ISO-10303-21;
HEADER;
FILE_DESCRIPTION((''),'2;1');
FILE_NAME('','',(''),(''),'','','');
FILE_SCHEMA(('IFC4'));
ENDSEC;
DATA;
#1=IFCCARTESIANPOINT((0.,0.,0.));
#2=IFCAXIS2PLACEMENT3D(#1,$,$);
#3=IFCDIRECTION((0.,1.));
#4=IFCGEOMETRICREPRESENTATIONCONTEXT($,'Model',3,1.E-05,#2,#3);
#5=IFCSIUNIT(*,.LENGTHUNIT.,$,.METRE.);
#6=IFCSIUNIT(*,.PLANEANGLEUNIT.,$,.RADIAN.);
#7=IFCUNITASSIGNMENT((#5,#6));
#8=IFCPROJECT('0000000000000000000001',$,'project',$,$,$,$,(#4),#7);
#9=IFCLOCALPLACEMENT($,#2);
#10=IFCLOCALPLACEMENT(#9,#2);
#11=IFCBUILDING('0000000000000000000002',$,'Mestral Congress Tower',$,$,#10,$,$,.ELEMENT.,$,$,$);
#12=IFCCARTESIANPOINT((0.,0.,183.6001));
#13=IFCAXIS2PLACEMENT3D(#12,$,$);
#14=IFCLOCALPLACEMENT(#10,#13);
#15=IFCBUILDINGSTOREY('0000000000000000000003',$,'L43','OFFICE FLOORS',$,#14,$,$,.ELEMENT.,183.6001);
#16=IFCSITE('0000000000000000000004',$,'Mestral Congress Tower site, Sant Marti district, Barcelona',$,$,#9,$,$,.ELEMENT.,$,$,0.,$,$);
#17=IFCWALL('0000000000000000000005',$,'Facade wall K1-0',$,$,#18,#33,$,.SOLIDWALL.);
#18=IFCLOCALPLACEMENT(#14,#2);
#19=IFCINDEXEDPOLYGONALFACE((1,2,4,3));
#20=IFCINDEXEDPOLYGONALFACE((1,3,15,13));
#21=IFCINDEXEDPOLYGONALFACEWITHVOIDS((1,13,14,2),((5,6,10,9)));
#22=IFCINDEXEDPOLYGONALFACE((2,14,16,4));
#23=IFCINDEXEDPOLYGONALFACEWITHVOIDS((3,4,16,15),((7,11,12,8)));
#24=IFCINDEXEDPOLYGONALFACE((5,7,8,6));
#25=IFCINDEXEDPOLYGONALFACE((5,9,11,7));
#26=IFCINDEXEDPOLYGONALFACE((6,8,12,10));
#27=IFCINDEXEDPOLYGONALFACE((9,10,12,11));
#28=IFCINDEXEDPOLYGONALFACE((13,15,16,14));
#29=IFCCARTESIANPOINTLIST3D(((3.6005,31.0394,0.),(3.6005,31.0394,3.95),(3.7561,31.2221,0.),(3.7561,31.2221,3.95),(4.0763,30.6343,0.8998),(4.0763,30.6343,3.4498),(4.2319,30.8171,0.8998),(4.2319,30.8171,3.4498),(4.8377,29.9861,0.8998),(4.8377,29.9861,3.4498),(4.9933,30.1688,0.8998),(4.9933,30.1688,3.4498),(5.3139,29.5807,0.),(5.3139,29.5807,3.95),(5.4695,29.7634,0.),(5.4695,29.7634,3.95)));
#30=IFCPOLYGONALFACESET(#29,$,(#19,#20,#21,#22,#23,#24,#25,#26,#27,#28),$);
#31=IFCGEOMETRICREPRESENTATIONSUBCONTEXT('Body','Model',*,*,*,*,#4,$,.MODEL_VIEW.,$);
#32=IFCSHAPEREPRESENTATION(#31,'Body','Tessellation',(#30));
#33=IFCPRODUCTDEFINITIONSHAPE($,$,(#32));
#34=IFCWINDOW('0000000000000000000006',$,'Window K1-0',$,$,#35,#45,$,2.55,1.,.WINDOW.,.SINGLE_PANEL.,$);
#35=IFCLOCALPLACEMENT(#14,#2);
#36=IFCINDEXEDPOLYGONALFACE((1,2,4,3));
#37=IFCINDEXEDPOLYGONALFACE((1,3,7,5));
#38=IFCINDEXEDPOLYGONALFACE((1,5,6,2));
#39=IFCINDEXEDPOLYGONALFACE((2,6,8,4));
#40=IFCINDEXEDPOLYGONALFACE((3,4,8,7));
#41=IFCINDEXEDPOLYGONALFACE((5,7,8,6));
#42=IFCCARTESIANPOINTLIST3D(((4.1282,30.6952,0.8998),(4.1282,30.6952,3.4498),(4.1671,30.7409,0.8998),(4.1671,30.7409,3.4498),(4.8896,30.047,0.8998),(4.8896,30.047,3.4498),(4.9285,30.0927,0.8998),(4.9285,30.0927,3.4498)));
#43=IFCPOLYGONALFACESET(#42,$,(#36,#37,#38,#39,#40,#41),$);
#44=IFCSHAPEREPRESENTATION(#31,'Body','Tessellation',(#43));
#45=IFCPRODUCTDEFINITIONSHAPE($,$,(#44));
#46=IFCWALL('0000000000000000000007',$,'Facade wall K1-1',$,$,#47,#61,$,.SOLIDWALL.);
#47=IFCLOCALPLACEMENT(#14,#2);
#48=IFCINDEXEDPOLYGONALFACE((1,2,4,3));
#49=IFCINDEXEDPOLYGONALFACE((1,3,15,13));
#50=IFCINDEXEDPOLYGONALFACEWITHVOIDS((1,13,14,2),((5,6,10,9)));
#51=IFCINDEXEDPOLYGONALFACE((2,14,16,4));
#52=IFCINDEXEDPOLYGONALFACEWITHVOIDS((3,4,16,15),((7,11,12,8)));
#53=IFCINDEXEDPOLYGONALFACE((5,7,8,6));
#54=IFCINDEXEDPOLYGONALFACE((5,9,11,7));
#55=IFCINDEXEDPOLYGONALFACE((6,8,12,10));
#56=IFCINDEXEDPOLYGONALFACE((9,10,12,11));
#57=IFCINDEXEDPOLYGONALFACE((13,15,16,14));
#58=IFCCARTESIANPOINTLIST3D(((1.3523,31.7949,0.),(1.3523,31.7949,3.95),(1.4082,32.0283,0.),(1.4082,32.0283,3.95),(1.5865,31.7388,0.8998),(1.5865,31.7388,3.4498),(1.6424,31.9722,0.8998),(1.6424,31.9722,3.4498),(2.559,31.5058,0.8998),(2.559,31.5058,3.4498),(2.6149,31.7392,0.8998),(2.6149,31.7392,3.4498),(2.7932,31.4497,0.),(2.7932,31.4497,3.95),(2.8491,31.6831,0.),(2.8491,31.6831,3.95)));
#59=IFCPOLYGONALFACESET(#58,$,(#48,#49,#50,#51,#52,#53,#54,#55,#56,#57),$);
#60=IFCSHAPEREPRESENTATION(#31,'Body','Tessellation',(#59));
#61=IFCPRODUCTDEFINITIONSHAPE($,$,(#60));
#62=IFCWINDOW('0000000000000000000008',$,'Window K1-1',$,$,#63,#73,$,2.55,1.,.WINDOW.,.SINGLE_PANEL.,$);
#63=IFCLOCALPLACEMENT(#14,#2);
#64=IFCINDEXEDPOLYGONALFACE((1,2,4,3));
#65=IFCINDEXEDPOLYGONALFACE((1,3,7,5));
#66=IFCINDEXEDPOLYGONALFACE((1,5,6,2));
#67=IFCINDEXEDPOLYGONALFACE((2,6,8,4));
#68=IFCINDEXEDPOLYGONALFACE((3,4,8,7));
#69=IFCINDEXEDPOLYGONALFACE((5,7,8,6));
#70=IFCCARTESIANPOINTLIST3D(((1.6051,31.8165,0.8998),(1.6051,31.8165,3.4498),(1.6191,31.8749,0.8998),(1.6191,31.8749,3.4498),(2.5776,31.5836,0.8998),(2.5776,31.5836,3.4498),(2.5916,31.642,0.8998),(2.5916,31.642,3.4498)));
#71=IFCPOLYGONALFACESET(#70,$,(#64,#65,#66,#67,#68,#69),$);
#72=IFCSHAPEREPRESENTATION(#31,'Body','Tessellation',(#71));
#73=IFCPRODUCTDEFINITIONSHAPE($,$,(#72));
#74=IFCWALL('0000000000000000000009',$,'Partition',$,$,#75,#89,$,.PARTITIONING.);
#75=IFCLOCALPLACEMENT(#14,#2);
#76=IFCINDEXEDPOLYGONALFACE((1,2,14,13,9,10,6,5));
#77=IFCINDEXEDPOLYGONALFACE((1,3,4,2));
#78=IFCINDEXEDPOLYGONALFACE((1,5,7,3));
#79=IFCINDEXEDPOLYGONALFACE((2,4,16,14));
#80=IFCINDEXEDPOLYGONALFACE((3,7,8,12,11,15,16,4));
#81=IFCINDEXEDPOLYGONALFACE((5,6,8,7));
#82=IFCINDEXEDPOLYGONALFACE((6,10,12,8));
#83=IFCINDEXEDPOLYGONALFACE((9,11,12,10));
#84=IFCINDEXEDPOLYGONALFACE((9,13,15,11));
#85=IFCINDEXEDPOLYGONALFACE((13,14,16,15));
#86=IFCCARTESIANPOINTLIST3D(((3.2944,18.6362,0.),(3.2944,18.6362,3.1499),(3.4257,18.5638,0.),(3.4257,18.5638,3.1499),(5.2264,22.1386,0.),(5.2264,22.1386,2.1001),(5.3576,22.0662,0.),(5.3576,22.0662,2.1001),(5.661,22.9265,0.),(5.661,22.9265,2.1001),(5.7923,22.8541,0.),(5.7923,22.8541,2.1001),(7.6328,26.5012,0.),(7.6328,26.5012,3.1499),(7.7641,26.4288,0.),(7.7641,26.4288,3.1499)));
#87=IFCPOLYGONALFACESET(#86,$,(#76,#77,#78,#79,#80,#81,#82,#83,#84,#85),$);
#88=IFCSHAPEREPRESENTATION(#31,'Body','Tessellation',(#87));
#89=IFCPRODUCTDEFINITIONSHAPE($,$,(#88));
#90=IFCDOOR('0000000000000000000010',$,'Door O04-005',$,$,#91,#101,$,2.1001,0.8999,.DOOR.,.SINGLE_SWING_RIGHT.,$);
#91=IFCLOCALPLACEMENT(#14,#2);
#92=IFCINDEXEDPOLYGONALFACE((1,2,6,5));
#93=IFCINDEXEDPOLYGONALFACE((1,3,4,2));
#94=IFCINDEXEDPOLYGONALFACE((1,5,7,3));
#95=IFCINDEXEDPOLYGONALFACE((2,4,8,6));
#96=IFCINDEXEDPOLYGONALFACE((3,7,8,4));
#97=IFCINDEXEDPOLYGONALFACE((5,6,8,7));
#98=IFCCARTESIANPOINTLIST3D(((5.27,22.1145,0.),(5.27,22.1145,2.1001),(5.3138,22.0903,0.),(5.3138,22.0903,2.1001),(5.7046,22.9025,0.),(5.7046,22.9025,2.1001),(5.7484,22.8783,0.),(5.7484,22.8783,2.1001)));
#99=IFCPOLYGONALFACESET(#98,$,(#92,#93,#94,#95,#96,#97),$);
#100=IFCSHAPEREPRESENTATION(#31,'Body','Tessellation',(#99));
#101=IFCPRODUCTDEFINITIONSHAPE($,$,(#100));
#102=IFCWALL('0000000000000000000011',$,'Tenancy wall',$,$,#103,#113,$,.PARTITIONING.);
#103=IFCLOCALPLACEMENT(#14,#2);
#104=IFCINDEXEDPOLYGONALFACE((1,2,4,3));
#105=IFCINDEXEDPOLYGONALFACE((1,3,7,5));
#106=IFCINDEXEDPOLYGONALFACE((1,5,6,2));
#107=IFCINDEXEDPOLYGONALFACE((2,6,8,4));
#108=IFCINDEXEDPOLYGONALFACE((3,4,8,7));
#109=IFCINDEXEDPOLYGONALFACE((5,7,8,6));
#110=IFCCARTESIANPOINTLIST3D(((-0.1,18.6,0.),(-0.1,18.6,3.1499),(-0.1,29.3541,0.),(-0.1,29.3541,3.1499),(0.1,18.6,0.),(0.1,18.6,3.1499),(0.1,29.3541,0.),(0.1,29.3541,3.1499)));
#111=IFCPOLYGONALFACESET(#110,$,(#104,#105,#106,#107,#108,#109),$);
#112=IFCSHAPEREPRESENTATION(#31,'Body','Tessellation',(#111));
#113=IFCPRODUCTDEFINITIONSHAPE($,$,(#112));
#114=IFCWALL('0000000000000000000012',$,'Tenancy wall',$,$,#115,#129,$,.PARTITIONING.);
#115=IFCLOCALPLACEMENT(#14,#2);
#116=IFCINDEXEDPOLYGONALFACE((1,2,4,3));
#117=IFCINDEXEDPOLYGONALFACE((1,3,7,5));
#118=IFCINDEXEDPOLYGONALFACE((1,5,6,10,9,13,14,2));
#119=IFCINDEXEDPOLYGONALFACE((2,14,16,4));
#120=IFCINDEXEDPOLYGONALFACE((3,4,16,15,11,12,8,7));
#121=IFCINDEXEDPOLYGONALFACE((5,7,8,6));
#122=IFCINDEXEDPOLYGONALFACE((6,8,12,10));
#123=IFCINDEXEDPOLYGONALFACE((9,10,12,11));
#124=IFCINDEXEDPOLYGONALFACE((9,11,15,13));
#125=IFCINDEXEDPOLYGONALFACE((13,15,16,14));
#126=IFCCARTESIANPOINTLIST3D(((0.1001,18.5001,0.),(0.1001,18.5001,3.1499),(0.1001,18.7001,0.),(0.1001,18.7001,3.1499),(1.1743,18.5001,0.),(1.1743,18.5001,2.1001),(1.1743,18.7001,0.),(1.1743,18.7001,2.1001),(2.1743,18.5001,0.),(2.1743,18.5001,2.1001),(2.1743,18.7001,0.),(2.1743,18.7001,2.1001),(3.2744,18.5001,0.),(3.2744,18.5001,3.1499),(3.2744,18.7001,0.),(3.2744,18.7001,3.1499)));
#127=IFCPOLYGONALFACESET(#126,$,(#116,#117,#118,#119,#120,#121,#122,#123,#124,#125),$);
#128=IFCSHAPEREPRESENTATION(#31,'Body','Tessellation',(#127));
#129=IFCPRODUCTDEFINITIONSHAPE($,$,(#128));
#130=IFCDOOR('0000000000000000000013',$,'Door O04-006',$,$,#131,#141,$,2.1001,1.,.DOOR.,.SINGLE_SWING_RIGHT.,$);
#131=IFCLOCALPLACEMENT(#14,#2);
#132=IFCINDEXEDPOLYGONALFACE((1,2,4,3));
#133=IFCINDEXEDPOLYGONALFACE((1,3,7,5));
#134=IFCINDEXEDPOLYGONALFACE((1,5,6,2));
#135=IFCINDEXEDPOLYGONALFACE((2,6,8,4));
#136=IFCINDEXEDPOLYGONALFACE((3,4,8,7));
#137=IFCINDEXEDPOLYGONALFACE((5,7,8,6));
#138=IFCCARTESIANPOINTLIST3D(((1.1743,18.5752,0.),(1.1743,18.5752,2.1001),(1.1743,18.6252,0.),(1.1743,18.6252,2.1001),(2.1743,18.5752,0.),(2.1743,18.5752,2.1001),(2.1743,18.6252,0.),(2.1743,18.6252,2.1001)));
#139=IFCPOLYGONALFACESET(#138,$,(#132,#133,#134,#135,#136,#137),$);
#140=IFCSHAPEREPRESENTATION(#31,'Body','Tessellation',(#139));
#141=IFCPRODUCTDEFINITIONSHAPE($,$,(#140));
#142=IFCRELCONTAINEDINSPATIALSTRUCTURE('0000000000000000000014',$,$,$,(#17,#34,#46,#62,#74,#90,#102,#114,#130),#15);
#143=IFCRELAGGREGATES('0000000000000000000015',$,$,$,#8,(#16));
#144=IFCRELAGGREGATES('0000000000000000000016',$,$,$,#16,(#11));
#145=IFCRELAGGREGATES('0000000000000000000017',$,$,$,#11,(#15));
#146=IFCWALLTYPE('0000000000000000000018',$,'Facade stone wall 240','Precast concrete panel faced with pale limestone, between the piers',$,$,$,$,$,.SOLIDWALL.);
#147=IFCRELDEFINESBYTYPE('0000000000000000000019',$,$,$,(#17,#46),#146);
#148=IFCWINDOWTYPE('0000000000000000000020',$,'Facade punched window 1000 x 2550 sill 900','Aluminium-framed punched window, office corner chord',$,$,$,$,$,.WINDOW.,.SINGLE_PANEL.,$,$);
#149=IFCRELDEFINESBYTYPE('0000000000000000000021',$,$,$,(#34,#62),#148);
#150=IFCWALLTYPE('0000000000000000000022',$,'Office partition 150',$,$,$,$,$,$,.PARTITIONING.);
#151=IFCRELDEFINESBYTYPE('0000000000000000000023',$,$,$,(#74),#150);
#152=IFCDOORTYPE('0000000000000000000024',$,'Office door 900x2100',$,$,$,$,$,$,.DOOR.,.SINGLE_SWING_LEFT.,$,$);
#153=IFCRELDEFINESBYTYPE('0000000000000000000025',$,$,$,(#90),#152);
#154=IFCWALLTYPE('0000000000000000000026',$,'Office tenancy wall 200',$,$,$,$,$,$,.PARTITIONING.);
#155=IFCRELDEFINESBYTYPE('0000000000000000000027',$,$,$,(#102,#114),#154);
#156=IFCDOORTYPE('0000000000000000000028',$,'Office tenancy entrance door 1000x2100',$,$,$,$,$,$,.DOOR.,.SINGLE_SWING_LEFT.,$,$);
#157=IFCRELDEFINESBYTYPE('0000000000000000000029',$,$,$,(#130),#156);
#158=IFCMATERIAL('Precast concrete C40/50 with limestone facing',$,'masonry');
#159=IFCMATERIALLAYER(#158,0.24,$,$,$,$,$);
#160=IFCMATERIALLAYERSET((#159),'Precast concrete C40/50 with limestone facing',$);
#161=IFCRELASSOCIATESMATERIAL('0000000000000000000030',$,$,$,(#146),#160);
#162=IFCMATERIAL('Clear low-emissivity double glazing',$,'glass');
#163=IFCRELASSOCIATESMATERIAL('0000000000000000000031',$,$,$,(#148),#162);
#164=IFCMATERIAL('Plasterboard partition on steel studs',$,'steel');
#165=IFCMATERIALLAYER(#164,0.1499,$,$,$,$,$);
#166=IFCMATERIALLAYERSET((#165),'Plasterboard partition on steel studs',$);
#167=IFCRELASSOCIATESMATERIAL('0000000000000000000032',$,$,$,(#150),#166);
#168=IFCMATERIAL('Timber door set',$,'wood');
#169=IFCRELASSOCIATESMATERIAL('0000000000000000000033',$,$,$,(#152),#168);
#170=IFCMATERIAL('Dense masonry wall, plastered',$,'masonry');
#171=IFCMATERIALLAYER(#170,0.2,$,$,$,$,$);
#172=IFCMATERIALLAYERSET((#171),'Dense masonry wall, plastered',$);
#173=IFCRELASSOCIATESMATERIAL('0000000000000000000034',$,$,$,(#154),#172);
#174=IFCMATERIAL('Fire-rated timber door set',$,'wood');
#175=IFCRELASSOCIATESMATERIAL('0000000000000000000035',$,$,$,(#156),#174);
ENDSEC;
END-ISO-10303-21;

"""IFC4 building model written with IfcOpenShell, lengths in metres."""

from ifc_helpers import new_model, si_unit, direction, frame, frame_2d, origin, place, context, subcontext, project, spatial, rectangle, extrude, material, layer, layer_set, type_object, element, fill, save


model = new_model("IFC4")

# Units and contexts
model_context = context("Model", 3, precision=1e-05, world=origin(), true_north=direction((0.0, 1.0)))
body_context = subcontext(model_context, "Body", "Model", "MODEL_VIEW")
ifc_project = project(units=[si_unit("LENGTHUNIT", "METRE"), si_unit("PLANEANGLEUNIT", "RADIAN")], contexts=[model_context])

# Site, building, storey
site_placement = place(None, origin())
site = spatial("IfcSite", under=ifc_project, at=site_placement, Name="Mestral Congress Tower site, Sant Marti district, Barcelona", CompositionType="ELEMENT", RefElevation=0.0)
building_placement = place(site_placement, origin())
building = spatial("IfcBuilding", under=site, at=building_placement, Name="Mestral Congress Tower", CompositionType="ELEMENT")
storey_placement = place(building_placement, frame((0.0, 0.0, 183.6001)))
storey = spatial("IfcBuildingStorey", under=building, at=storey_placement, Name="L43", Description="OFFICE FLOORS", CompositionType="ELEMENT", Elevation=183.6001)

# Shared definitions
ifc_material_1 = material(Name="Precast concrete C40/50 with limestone facing", Category="masonry")
ifc_layer_1 = layer(ifc_material_1, 0.24)
ifc_layer_set_1 = layer_set([ifc_layer_1], Name="Precast concrete C40/50 with limestone facing")
wall_type_1 = type_object("IfcWallType", Name="Facade stone wall 240", Description="Precast concrete panel faced with pale limestone, between the piers", PredefinedType="SOLIDWALL", material=ifc_layer_set_1)
ifc_material_2 = material(Name="Clear low-emissivity double glazing", Category="glass")

# Walls, openings, windows
wall_1_placement = place(storey_placement, frame((5.3916, 29.6721, 0.0), z_axis=(0.0, 0.0, 1.0), x_axis=(-0.76142, 0.648259, 0.0)))
wall_1 = element("IfcWall", 1, at=wall_1_placement, inside=storey, type_object=wall_type_1, Name="Facade wall K1-0", PredefinedType="SOLIDWALL", context=body_context, shape_type="SweptSolid", body=[
    extrude(rectangle(XDim=2.2502, YDim=0.24, at=frame_2d((1.125, 0.0))), origin(), (0.0, 0.0, 1.0), 3.95),
])
opening_1_placement = place(wall_1_placement, frame((0.6252, 0.0, 0.8999)))
opening_1 = element("IfcOpeningElement", 2, at=opening_1_placement, cuts=wall_1, PredefinedType="OPENING", context=body_context, shape_type="SweptSolid", body=[
    extrude(rectangle(XDim=1.0, YDim=2.55, at=frame_2d((0.5, 1.2749))), frame((0.0, 0.1299, 0.0), z_axis=(0.0, -1.0, 0.0), x_axis=(1.0, 0.0, 0.0)), (0.0, 0.0, 1.0), 0.26),
])
window_type_1 = type_object("IfcWindowType", Name="Facade punched window 1000 x 2550 sill 900", Description="Aluminium-framed punched window, office corner chord", PartitioningType="SINGLE_PANEL", PredefinedType="WINDOW", material=ifc_material_2)
window_1_placement = place(opening_1_placement, origin())
window_1 = element("IfcWindow", 3, at=window_1_placement, inside=storey, type_object=window_type_1, Name="Window K1-0", OverallHeight=2.55, OverallWidth=1.0, PartitioningType="SINGLE_PANEL", PredefinedType="WINDOW", context=body_context, shape_type="SweptSolid", body=[
    extrude(rectangle(XDim=1.0, YDim=2.55, at=frame_2d((0.5, 1.2749))), frame((0.0, 0.04, 0.0), z_axis=(0.0, -1.0, 0.0), x_axis=(1.0, 0.0, 0.0)), (0.0, 0.0, 1.0), 0.0601),
])
fill(opening_1, window_1)
wall_2_placement = place(storey_placement, frame((2.821, 31.5664, 0.0), z_axis=(0.0, 0.0, 1.0), x_axis=(-0.97248, 0.232987, 0.0)))
wall_2 = element("IfcWall", 4, at=wall_2_placement, inside=storey, type_object=wall_type_1, Name="Facade wall K1-1", PredefinedType="SOLIDWALL", context=body_context, shape_type="SweptSolid", body=[
    extrude(rectangle(XDim=1.4817, YDim=0.24, at=frame_2d((0.7407, 0.0))), origin(), (0.0, 0.0, 1.0), 3.95),
])
opening_2_placement = place(wall_2_placement, frame((0.2407, 0.0, 0.8999)))
opening_2 = element("IfcOpeningElement", 5, at=opening_2_placement, cuts=wall_2, PredefinedType="OPENING", context=body_context, shape_type="SweptSolid", body=[
    extrude(rectangle(XDim=1.0, YDim=2.55, at=frame_2d((0.5, 1.2749))), frame((0.0, 0.1299, 0.0), z_axis=(0.0, -1.0, 0.0), x_axis=(1.0, 0.0, 0.0)), (0.0, 0.0, 1.0), 0.26),
])
window_2_placement = place(opening_2_placement, origin())
window_2 = element("IfcWindow", 6, at=window_2_placement, inside=storey, type_object=window_type_1, Name="Window K1-1", OverallHeight=2.55, OverallWidth=1.0, PartitioningType="SINGLE_PANEL", PredefinedType="WINDOW", context=body_context, shape_type="SweptSolid", body=[
    extrude(rectangle(XDim=1.0, YDim=2.55, at=frame_2d((0.5, 1.2749))), frame((0.0, 0.04, 0.0), z_axis=(0.0, -1.0, 0.0), x_axis=(1.0, 0.0, 0.0)), (0.0, 0.0, 1.0), 0.0601),
])
fill(opening_2, window_2)

# Wall, opening, door
ifc_material_3 = material(Name="Plasterboard partition on steel studs", Category="steel")
ifc_layer_2 = layer(ifc_material_3, 0.1499)
ifc_layer_set_2 = layer_set([ifc_layer_2], Name="Plasterboard partition on steel studs")
wall_type_2 = type_object("IfcWallType", Name="Office partition 150", PredefinedType="PARTITIONING", material=ifc_layer_set_2)
wall_3_placement = place(storey_placement, frame((7.6985, 26.4651, 0.0), z_axis=(0.0, 0.0, 1.0), x_axis=(-0.482998, -0.875621, 0.0)))
wall_3 = element("IfcWall", 7, at=wall_3_placement, inside=storey, type_object=wall_type_2, Name="Partition", PredefinedType="PARTITIONING", context=body_context, shape_type="SweptSolid", body=[
    extrude(rectangle(XDim=8.9822, YDim=0.1499, at=frame_2d((4.4912, 0.0))), origin(), (0.0, 0.0, 1.0), 3.1499),
])
opening_3_placement = place(wall_3_placement, frame((4.0825, 0.0, 0.0)))
opening_3 = element("IfcOpeningElement", 8, at=opening_3_placement, cuts=wall_3, PredefinedType="OPENING", context=body_context, shape_type="SweptSolid", body=[
    extrude(rectangle(XDim=0.8999, YDim=2.1001, at=frame_2d((0.45, 1.05))), frame((0.0, 0.085, 0.0), z_axis=(0.0, -1.0, 0.0), x_axis=(1.0, 0.0, 0.0)), (0.0, 0.0, 1.0), 0.1699),
])
ifc_material_4 = material(Name="Timber door set", Category="wood")
door_type_1 = type_object("IfcDoorType", Name="Office door 900x2100", OperationType="SINGLE_SWING_LEFT", PredefinedType="DOOR", material=ifc_material_4)
door_1_placement = place(opening_3_placement, origin())
door_1 = element("IfcDoor", 9, at=door_1_placement, inside=storey, type_object=door_type_1, Name="Door O04-005", OperationType="SINGLE_SWING_RIGHT", OverallHeight=2.1001, OverallWidth=0.8999, PredefinedType="DOOR", context=body_context, shape_type="SweptSolid", body=[
    extrude(rectangle(XDim=0.8999, YDim=2.1001, at=frame_2d((0.45, 1.05))), frame((0.0, 0.0249, 0.0), z_axis=(0.0, -1.0, 0.0), x_axis=(1.0, 0.0, 0.0)), (0.0, 0.0, 1.0), 0.05),
])
fill(opening_3, door_1)

# Wall
ifc_material_5 = material(Name="Dense masonry wall, plastered", Category="masonry")
ifc_layer_3 = layer(ifc_material_5, 0.2)
ifc_layer_set_3 = layer_set([ifc_layer_3], Name="Dense masonry wall, plastered")
wall_type_3 = type_object("IfcWallType", Name="Office tenancy wall 200", PredefinedType="PARTITIONING", material=ifc_layer_set_3)
wall_4_placement = place(storey_placement, frame((0.0, 18.6001, 0.0), z_axis=(0.0, 0.0, 1.0), x_axis=(0.0, 1.0, 0.0)))
element("IfcWall", 10, at=wall_4_placement, inside=storey, type_object=wall_type_3, Name="Tenancy wall", PredefinedType="PARTITIONING", context=body_context, shape_type="SweptSolid", body=[
    extrude(rectangle(XDim=10.7542, YDim=0.2, at=frame_2d((5.377, 0.0))), origin(), (0.0, 0.0, 1.0), 3.1499),
])

# Wall, opening, door
wall_5_placement = place(storey_placement, frame((3.2744, 18.6001, 0.0), z_axis=(0.0, 0.0, 1.0), x_axis=(-1.0, 0.0, 0.0)))
wall_5 = element("IfcWall", 11, at=wall_5_placement, inside=storey, type_object=wall_type_3, Name="Tenancy wall", PredefinedType="PARTITIONING", context=body_context, shape_type="SweptSolid", body=[
    extrude(rectangle(XDim=3.1743, YDim=0.2, at=frame_2d((1.5872, 0.0))), origin(), (0.0, 0.0, 1.0), 3.1499),
])
opening_4_placement = place(wall_5_placement, frame((1.1001, 0.0, 0.0)))
opening_4 = element("IfcOpeningElement", 12, at=opening_4_placement, cuts=wall_5, PredefinedType="OPENING", context=body_context, shape_type="SweptSolid", body=[
    extrude(rectangle(XDim=1.0, YDim=2.1001, at=frame_2d((0.5, 1.05))), frame((0.0, 0.1099, 0.0), z_axis=(0.0, -1.0, 0.0), x_axis=(1.0, 0.0, 0.0)), (0.0, 0.0, 1.0), 0.22),
])
ifc_material_6 = material(Name="Fire-rated timber door set", Category="wood")
door_type_2 = type_object("IfcDoorType", Name="Office tenancy entrance door 1000x2100", OperationType="SINGLE_SWING_LEFT", PredefinedType="DOOR", material=ifc_material_6)
door_2_placement = place(opening_4_placement, origin())
door_2 = element("IfcDoor", 13, at=door_2_placement, inside=storey, type_object=door_type_2, Name="Door O04-006", OperationType="SINGLE_SWING_RIGHT", OverallHeight=2.1001, OverallWidth=1.0, PredefinedType="DOOR", context=body_context, shape_type="SweptSolid", body=[
    extrude(rectangle(XDim=1.0, YDim=2.1001, at=frame_2d((0.5, 1.05))), frame((0.0, 0.0249, 0.0), z_axis=(0.0, -1.0, 0.0), x_axis=(1.0, 0.0, 0.0)), (0.0, 0.0, 1.0), 0.05),
])
fill(opening_4, door_2)

save(model, "model.ifc")
